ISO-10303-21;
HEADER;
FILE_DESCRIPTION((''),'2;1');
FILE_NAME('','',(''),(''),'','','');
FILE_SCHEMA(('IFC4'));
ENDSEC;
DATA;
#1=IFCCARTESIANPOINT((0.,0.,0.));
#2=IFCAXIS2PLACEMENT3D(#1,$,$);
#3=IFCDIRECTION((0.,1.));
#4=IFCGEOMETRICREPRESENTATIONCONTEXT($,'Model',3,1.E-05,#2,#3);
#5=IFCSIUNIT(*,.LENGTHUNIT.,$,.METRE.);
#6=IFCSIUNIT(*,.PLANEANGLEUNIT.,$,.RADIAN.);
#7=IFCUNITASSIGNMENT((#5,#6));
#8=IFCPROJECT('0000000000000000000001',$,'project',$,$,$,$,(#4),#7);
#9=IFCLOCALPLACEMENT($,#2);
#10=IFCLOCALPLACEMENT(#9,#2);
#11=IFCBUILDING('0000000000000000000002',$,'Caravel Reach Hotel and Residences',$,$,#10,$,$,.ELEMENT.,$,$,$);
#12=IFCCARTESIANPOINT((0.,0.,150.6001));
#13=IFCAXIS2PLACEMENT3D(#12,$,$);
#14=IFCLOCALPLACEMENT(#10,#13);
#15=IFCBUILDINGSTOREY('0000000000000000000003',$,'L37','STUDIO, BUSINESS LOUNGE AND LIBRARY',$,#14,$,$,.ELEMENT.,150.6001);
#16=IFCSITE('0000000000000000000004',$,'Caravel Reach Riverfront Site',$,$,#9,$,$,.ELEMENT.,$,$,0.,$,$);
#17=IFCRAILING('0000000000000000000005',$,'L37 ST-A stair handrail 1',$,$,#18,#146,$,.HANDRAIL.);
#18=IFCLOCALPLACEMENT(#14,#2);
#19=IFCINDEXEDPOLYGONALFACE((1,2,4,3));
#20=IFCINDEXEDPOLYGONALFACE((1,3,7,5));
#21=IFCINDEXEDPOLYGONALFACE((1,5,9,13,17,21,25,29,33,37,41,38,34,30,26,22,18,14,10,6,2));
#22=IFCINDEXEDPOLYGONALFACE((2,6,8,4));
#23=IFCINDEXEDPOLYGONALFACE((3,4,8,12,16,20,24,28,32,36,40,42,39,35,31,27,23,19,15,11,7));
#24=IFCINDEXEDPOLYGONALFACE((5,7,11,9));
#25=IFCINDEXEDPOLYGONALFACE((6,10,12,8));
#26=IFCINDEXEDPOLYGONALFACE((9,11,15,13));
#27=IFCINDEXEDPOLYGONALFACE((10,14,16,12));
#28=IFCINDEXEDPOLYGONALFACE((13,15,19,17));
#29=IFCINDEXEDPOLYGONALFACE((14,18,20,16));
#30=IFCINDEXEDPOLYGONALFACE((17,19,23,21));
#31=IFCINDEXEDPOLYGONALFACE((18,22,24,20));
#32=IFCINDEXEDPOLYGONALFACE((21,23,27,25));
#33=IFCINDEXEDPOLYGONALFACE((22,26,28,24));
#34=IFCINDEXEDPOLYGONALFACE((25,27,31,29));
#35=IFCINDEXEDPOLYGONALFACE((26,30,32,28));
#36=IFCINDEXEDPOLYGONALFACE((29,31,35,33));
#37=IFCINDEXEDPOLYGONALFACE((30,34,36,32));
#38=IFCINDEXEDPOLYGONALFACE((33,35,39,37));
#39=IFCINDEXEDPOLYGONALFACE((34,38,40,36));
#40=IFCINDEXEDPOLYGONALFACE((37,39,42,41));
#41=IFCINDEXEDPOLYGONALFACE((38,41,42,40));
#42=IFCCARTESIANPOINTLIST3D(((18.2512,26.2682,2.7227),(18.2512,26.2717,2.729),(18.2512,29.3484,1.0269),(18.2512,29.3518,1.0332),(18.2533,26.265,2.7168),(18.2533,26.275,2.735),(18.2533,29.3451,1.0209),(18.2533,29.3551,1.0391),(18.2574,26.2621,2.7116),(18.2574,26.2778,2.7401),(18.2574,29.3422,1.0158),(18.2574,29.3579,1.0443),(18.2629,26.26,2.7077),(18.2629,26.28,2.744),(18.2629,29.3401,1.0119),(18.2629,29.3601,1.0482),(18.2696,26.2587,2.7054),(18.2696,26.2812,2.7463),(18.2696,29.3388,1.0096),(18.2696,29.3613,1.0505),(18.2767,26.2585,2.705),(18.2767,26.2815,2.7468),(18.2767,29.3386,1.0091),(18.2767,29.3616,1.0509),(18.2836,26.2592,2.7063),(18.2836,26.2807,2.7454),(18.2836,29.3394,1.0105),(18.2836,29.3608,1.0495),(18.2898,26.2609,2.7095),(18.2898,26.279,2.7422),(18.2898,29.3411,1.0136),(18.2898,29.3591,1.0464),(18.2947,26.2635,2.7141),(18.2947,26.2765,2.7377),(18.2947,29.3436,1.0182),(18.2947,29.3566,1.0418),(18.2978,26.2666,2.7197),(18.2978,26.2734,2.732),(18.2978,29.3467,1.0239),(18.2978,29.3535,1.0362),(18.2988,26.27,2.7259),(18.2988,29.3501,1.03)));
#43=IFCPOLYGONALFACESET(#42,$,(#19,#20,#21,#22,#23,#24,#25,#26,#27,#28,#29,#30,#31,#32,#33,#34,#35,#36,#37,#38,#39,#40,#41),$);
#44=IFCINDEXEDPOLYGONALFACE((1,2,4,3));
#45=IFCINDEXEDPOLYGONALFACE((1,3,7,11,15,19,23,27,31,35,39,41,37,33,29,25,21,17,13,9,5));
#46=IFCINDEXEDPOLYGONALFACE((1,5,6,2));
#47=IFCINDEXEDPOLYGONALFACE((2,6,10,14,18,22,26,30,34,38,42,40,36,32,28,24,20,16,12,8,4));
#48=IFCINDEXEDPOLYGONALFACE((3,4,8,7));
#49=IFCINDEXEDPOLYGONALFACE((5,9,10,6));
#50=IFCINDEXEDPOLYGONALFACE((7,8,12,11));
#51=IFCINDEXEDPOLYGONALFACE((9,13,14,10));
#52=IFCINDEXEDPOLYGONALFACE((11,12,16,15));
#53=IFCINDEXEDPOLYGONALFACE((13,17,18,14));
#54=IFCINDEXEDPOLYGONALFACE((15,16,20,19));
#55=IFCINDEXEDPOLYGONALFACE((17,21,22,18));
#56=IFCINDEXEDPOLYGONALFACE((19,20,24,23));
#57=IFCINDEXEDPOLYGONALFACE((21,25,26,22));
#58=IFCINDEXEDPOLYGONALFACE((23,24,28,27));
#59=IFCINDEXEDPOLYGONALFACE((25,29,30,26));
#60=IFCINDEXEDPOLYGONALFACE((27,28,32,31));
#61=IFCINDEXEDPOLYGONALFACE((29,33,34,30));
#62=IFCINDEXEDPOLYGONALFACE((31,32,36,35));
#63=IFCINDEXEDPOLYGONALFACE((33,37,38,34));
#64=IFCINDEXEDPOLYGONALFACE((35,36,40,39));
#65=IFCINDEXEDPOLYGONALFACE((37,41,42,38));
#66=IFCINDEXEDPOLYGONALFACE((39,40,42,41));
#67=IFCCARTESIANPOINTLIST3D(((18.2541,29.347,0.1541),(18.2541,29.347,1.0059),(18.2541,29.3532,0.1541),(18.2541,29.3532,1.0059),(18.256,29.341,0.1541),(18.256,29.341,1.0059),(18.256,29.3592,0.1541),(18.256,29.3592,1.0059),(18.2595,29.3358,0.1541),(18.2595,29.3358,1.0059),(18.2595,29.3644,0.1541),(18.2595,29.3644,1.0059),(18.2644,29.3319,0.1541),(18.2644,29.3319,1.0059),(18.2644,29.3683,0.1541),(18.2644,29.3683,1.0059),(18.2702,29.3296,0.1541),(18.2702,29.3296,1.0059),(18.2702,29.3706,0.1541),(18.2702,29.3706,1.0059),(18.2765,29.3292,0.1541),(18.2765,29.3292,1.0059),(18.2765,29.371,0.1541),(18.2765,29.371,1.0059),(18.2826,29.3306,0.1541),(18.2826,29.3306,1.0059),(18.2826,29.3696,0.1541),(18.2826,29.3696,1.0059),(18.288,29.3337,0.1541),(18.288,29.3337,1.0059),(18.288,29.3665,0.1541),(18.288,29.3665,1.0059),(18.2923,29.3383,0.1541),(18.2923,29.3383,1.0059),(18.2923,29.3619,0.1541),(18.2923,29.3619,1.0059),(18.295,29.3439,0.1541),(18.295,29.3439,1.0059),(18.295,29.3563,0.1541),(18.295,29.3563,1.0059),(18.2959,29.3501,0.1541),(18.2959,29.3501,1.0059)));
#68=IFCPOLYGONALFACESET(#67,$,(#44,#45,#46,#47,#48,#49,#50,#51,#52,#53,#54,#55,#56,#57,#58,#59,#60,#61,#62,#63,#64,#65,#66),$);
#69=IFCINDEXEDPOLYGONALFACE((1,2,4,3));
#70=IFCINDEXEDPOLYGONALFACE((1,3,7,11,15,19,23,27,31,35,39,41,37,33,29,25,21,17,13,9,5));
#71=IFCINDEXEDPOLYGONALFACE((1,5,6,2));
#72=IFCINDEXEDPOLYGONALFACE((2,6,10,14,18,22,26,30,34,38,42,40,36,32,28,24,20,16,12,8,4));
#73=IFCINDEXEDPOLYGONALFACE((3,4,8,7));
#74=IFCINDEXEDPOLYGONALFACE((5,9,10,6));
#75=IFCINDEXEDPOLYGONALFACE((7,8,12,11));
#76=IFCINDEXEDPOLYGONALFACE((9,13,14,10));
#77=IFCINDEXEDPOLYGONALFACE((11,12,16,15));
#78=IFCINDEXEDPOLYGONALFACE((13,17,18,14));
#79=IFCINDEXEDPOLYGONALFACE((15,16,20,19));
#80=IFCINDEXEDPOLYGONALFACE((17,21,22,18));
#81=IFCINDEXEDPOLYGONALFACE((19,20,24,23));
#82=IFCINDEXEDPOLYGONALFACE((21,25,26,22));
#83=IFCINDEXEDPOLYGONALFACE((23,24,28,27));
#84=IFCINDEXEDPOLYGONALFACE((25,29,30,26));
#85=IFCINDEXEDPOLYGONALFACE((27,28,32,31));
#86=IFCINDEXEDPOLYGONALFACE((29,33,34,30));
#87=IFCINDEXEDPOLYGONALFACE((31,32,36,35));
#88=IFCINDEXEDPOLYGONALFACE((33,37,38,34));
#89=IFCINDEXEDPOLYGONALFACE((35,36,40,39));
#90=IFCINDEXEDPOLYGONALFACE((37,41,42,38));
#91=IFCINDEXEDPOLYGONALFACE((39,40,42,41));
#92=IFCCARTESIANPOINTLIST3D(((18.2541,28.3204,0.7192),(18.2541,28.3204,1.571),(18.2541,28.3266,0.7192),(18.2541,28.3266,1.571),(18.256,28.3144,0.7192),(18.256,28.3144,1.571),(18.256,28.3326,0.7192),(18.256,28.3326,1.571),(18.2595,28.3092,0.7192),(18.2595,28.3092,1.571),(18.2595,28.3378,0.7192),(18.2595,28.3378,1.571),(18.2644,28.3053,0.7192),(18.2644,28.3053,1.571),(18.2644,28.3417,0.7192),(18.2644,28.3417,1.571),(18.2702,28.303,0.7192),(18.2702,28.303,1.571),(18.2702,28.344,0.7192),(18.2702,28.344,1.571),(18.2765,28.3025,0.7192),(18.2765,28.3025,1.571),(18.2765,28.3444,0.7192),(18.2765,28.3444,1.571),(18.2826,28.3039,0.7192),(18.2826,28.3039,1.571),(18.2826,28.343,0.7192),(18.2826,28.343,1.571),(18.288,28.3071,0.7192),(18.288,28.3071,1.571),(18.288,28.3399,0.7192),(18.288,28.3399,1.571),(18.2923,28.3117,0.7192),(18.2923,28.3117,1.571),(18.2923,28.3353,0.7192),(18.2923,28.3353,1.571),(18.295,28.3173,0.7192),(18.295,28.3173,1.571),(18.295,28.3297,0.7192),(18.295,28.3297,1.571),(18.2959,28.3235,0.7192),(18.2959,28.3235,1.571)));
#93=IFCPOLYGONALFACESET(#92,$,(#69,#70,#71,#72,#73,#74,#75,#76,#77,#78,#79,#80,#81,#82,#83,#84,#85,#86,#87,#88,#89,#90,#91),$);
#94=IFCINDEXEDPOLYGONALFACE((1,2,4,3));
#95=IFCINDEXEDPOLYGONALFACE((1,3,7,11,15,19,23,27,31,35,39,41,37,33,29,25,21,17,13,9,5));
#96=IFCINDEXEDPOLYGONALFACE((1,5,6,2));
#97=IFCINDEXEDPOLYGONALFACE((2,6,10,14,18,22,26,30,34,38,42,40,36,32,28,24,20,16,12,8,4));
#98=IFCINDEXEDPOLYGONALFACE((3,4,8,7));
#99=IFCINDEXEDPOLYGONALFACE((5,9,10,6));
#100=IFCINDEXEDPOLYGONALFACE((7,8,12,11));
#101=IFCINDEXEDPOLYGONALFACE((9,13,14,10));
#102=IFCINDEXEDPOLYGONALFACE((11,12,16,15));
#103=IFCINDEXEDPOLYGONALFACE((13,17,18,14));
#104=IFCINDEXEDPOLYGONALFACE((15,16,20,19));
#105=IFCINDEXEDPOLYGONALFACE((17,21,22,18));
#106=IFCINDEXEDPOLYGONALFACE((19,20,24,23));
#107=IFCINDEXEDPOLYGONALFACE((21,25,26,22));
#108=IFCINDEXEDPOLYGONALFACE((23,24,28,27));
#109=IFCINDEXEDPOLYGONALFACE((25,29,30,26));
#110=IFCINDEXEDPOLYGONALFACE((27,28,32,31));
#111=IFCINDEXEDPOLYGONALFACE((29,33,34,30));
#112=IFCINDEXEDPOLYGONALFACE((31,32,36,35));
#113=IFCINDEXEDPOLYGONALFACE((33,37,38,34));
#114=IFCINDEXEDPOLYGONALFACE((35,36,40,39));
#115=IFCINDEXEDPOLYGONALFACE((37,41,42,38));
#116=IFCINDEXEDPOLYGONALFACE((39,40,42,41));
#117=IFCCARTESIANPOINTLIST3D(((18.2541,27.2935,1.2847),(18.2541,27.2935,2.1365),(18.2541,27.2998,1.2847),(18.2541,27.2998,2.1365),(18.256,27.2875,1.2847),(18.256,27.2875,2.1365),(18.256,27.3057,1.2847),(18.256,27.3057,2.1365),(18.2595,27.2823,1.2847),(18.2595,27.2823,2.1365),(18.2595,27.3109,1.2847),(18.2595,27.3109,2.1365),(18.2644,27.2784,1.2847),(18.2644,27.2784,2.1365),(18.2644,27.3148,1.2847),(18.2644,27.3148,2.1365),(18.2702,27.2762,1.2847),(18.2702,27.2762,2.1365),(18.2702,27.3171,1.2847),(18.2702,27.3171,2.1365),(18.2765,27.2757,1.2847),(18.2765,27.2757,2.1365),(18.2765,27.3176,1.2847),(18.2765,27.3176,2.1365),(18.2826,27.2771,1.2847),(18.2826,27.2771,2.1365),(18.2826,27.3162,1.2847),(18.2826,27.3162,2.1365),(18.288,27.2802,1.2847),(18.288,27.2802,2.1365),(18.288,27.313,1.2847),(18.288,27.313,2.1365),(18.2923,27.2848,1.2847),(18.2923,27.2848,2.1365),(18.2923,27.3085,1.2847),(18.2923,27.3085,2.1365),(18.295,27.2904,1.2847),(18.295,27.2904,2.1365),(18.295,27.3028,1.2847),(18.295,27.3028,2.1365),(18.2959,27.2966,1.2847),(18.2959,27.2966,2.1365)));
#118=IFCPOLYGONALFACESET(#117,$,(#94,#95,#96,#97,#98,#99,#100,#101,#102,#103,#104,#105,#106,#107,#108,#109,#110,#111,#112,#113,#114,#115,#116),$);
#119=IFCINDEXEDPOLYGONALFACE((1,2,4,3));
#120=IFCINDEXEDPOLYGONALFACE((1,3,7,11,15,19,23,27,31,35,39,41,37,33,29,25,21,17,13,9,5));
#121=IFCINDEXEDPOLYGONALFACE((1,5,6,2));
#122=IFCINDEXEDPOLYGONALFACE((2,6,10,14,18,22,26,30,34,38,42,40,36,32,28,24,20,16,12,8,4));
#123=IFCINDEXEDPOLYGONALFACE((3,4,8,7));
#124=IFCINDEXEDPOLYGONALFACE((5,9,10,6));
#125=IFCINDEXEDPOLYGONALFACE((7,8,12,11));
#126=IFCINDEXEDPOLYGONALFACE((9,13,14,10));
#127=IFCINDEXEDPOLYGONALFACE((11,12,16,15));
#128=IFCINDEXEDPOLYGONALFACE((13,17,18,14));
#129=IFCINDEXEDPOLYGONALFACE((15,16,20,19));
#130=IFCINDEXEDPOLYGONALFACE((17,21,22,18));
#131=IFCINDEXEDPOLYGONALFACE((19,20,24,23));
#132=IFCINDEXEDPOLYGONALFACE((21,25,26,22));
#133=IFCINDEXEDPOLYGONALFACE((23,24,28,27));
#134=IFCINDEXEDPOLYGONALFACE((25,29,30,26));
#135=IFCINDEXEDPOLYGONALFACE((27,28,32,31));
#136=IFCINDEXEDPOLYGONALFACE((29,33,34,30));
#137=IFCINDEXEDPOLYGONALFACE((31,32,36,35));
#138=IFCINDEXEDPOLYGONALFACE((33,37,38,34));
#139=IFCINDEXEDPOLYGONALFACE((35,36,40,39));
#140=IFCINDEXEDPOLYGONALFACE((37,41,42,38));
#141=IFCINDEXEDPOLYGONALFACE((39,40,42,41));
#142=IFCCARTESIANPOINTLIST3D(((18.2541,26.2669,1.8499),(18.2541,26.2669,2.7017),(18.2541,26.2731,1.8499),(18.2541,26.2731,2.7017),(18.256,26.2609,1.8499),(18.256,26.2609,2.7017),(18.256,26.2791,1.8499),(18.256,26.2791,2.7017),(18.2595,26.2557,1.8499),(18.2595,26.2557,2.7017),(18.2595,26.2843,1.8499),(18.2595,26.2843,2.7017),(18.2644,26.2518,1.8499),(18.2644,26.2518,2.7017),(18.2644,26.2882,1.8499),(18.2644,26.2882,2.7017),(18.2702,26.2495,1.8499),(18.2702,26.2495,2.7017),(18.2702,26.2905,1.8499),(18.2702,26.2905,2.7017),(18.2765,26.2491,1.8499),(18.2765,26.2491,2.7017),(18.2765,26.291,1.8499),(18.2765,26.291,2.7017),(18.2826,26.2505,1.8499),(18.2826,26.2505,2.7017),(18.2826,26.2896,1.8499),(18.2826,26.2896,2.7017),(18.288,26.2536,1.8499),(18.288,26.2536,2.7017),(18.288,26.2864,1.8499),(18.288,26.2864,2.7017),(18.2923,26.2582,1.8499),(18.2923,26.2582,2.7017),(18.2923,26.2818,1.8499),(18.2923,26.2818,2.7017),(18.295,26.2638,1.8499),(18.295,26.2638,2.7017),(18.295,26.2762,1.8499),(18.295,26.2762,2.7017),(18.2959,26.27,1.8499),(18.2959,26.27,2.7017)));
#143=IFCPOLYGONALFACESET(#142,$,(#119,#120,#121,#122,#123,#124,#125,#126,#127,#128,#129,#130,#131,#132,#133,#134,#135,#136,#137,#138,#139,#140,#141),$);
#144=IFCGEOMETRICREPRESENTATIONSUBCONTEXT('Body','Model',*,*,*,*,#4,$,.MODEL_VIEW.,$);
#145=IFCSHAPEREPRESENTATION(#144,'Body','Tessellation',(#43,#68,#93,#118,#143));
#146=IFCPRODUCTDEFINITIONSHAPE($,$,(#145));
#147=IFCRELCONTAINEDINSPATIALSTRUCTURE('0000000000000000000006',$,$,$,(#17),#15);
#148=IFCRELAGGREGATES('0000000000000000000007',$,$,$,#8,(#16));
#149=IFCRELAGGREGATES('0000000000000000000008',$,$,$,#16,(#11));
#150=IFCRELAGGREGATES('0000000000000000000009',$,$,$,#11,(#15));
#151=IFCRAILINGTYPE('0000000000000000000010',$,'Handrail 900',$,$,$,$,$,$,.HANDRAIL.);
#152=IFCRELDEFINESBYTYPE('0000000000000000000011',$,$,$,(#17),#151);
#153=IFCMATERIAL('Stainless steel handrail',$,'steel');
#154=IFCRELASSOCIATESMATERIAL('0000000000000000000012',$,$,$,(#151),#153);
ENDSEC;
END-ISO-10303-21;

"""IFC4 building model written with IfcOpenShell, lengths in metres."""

from ifc_helpers import new_model, si_unit, direction, frame, origin, origin_2d, place, context, subcontext, project, spatial, circle, extrude, material, type_object, element, save


model = new_model("IFC4")

# Units and contexts
model_context = context("Model", 3, precision=1e-05, world=origin(), true_north=direction((0.0, 1.0)))
body_context = subcontext(model_context, "Body", "Model", "MODEL_VIEW")
ifc_project = project(units=[si_unit("LENGTHUNIT", "METRE"), si_unit("PLANEANGLEUNIT", "RADIAN")], contexts=[model_context])

# Site, building, storey
site_placement = place(None, origin())
site = spatial("IfcSite", under=ifc_project, at=site_placement, Name="Caravel Reach Riverfront Site", CompositionType="ELEMENT", RefElevation=0.0)
building_placement = place(site_placement, origin())
building = spatial("IfcBuilding", under=site, at=building_placement, Name="Caravel Reach Hotel and Residences", CompositionType="ELEMENT")
storey_placement = place(building_placement, frame((0.0, 0.0, 150.6001)))
storey = spatial("IfcBuildingStorey", under=building, at=storey_placement, Name="L37", Description="STUDIO, BUSINESS LOUNGE AND LIBRARY", CompositionType="ELEMENT", Elevation=150.6001)

# Railing
ifc_material_1 = material(Name="Stainless steel handrail", Category="steel")
railing_type_1 = type_object("IfcRailingType", Name="Handrail 900", PredefinedType="HANDRAIL", material=ifc_material_1)
railing_1_placement = place(storey_placement, frame((18.2749, 29.3501, 0.1541)))
element("IfcRailing", 1, at=railing_1_placement, inside=storey, type_object=railing_type_1, Name="L37 ST-A stair handrail 1", PredefinedType="HANDRAIL", context=body_context, shape_type="SweptSolid", body=[
    extrude(circle(Radius=0.0239, at=origin_2d()), frame((0.0, 0.0, 0.876), z_axis=(0.0, -0.876005, 0.482303), x_axis=(1.0, 0.0, 0.0)), (0.0, 0.0, 1.0), 3.5161),
    extrude(circle(Radius=0.021, at=origin_2d()), origin(), (0.0, 0.0, 1.0), 0.8518),
    extrude(circle(Radius=0.021, at=origin_2d()), frame((0.0, -1.0266, 0.5652)), (0.0, 0.0, 1.0), 0.8518),
    extrude(circle(Radius=0.021, at=origin_2d()), frame((0.0, -2.0535, 1.1306)), (0.0, 0.0, 1.0), 0.8518),
    extrude(circle(Radius=0.021, at=origin_2d()), frame((0.0, -3.0801, 1.6958)), (0.0, 0.0, 1.0), 0.8518),
])

save(model, "model.ifc")
